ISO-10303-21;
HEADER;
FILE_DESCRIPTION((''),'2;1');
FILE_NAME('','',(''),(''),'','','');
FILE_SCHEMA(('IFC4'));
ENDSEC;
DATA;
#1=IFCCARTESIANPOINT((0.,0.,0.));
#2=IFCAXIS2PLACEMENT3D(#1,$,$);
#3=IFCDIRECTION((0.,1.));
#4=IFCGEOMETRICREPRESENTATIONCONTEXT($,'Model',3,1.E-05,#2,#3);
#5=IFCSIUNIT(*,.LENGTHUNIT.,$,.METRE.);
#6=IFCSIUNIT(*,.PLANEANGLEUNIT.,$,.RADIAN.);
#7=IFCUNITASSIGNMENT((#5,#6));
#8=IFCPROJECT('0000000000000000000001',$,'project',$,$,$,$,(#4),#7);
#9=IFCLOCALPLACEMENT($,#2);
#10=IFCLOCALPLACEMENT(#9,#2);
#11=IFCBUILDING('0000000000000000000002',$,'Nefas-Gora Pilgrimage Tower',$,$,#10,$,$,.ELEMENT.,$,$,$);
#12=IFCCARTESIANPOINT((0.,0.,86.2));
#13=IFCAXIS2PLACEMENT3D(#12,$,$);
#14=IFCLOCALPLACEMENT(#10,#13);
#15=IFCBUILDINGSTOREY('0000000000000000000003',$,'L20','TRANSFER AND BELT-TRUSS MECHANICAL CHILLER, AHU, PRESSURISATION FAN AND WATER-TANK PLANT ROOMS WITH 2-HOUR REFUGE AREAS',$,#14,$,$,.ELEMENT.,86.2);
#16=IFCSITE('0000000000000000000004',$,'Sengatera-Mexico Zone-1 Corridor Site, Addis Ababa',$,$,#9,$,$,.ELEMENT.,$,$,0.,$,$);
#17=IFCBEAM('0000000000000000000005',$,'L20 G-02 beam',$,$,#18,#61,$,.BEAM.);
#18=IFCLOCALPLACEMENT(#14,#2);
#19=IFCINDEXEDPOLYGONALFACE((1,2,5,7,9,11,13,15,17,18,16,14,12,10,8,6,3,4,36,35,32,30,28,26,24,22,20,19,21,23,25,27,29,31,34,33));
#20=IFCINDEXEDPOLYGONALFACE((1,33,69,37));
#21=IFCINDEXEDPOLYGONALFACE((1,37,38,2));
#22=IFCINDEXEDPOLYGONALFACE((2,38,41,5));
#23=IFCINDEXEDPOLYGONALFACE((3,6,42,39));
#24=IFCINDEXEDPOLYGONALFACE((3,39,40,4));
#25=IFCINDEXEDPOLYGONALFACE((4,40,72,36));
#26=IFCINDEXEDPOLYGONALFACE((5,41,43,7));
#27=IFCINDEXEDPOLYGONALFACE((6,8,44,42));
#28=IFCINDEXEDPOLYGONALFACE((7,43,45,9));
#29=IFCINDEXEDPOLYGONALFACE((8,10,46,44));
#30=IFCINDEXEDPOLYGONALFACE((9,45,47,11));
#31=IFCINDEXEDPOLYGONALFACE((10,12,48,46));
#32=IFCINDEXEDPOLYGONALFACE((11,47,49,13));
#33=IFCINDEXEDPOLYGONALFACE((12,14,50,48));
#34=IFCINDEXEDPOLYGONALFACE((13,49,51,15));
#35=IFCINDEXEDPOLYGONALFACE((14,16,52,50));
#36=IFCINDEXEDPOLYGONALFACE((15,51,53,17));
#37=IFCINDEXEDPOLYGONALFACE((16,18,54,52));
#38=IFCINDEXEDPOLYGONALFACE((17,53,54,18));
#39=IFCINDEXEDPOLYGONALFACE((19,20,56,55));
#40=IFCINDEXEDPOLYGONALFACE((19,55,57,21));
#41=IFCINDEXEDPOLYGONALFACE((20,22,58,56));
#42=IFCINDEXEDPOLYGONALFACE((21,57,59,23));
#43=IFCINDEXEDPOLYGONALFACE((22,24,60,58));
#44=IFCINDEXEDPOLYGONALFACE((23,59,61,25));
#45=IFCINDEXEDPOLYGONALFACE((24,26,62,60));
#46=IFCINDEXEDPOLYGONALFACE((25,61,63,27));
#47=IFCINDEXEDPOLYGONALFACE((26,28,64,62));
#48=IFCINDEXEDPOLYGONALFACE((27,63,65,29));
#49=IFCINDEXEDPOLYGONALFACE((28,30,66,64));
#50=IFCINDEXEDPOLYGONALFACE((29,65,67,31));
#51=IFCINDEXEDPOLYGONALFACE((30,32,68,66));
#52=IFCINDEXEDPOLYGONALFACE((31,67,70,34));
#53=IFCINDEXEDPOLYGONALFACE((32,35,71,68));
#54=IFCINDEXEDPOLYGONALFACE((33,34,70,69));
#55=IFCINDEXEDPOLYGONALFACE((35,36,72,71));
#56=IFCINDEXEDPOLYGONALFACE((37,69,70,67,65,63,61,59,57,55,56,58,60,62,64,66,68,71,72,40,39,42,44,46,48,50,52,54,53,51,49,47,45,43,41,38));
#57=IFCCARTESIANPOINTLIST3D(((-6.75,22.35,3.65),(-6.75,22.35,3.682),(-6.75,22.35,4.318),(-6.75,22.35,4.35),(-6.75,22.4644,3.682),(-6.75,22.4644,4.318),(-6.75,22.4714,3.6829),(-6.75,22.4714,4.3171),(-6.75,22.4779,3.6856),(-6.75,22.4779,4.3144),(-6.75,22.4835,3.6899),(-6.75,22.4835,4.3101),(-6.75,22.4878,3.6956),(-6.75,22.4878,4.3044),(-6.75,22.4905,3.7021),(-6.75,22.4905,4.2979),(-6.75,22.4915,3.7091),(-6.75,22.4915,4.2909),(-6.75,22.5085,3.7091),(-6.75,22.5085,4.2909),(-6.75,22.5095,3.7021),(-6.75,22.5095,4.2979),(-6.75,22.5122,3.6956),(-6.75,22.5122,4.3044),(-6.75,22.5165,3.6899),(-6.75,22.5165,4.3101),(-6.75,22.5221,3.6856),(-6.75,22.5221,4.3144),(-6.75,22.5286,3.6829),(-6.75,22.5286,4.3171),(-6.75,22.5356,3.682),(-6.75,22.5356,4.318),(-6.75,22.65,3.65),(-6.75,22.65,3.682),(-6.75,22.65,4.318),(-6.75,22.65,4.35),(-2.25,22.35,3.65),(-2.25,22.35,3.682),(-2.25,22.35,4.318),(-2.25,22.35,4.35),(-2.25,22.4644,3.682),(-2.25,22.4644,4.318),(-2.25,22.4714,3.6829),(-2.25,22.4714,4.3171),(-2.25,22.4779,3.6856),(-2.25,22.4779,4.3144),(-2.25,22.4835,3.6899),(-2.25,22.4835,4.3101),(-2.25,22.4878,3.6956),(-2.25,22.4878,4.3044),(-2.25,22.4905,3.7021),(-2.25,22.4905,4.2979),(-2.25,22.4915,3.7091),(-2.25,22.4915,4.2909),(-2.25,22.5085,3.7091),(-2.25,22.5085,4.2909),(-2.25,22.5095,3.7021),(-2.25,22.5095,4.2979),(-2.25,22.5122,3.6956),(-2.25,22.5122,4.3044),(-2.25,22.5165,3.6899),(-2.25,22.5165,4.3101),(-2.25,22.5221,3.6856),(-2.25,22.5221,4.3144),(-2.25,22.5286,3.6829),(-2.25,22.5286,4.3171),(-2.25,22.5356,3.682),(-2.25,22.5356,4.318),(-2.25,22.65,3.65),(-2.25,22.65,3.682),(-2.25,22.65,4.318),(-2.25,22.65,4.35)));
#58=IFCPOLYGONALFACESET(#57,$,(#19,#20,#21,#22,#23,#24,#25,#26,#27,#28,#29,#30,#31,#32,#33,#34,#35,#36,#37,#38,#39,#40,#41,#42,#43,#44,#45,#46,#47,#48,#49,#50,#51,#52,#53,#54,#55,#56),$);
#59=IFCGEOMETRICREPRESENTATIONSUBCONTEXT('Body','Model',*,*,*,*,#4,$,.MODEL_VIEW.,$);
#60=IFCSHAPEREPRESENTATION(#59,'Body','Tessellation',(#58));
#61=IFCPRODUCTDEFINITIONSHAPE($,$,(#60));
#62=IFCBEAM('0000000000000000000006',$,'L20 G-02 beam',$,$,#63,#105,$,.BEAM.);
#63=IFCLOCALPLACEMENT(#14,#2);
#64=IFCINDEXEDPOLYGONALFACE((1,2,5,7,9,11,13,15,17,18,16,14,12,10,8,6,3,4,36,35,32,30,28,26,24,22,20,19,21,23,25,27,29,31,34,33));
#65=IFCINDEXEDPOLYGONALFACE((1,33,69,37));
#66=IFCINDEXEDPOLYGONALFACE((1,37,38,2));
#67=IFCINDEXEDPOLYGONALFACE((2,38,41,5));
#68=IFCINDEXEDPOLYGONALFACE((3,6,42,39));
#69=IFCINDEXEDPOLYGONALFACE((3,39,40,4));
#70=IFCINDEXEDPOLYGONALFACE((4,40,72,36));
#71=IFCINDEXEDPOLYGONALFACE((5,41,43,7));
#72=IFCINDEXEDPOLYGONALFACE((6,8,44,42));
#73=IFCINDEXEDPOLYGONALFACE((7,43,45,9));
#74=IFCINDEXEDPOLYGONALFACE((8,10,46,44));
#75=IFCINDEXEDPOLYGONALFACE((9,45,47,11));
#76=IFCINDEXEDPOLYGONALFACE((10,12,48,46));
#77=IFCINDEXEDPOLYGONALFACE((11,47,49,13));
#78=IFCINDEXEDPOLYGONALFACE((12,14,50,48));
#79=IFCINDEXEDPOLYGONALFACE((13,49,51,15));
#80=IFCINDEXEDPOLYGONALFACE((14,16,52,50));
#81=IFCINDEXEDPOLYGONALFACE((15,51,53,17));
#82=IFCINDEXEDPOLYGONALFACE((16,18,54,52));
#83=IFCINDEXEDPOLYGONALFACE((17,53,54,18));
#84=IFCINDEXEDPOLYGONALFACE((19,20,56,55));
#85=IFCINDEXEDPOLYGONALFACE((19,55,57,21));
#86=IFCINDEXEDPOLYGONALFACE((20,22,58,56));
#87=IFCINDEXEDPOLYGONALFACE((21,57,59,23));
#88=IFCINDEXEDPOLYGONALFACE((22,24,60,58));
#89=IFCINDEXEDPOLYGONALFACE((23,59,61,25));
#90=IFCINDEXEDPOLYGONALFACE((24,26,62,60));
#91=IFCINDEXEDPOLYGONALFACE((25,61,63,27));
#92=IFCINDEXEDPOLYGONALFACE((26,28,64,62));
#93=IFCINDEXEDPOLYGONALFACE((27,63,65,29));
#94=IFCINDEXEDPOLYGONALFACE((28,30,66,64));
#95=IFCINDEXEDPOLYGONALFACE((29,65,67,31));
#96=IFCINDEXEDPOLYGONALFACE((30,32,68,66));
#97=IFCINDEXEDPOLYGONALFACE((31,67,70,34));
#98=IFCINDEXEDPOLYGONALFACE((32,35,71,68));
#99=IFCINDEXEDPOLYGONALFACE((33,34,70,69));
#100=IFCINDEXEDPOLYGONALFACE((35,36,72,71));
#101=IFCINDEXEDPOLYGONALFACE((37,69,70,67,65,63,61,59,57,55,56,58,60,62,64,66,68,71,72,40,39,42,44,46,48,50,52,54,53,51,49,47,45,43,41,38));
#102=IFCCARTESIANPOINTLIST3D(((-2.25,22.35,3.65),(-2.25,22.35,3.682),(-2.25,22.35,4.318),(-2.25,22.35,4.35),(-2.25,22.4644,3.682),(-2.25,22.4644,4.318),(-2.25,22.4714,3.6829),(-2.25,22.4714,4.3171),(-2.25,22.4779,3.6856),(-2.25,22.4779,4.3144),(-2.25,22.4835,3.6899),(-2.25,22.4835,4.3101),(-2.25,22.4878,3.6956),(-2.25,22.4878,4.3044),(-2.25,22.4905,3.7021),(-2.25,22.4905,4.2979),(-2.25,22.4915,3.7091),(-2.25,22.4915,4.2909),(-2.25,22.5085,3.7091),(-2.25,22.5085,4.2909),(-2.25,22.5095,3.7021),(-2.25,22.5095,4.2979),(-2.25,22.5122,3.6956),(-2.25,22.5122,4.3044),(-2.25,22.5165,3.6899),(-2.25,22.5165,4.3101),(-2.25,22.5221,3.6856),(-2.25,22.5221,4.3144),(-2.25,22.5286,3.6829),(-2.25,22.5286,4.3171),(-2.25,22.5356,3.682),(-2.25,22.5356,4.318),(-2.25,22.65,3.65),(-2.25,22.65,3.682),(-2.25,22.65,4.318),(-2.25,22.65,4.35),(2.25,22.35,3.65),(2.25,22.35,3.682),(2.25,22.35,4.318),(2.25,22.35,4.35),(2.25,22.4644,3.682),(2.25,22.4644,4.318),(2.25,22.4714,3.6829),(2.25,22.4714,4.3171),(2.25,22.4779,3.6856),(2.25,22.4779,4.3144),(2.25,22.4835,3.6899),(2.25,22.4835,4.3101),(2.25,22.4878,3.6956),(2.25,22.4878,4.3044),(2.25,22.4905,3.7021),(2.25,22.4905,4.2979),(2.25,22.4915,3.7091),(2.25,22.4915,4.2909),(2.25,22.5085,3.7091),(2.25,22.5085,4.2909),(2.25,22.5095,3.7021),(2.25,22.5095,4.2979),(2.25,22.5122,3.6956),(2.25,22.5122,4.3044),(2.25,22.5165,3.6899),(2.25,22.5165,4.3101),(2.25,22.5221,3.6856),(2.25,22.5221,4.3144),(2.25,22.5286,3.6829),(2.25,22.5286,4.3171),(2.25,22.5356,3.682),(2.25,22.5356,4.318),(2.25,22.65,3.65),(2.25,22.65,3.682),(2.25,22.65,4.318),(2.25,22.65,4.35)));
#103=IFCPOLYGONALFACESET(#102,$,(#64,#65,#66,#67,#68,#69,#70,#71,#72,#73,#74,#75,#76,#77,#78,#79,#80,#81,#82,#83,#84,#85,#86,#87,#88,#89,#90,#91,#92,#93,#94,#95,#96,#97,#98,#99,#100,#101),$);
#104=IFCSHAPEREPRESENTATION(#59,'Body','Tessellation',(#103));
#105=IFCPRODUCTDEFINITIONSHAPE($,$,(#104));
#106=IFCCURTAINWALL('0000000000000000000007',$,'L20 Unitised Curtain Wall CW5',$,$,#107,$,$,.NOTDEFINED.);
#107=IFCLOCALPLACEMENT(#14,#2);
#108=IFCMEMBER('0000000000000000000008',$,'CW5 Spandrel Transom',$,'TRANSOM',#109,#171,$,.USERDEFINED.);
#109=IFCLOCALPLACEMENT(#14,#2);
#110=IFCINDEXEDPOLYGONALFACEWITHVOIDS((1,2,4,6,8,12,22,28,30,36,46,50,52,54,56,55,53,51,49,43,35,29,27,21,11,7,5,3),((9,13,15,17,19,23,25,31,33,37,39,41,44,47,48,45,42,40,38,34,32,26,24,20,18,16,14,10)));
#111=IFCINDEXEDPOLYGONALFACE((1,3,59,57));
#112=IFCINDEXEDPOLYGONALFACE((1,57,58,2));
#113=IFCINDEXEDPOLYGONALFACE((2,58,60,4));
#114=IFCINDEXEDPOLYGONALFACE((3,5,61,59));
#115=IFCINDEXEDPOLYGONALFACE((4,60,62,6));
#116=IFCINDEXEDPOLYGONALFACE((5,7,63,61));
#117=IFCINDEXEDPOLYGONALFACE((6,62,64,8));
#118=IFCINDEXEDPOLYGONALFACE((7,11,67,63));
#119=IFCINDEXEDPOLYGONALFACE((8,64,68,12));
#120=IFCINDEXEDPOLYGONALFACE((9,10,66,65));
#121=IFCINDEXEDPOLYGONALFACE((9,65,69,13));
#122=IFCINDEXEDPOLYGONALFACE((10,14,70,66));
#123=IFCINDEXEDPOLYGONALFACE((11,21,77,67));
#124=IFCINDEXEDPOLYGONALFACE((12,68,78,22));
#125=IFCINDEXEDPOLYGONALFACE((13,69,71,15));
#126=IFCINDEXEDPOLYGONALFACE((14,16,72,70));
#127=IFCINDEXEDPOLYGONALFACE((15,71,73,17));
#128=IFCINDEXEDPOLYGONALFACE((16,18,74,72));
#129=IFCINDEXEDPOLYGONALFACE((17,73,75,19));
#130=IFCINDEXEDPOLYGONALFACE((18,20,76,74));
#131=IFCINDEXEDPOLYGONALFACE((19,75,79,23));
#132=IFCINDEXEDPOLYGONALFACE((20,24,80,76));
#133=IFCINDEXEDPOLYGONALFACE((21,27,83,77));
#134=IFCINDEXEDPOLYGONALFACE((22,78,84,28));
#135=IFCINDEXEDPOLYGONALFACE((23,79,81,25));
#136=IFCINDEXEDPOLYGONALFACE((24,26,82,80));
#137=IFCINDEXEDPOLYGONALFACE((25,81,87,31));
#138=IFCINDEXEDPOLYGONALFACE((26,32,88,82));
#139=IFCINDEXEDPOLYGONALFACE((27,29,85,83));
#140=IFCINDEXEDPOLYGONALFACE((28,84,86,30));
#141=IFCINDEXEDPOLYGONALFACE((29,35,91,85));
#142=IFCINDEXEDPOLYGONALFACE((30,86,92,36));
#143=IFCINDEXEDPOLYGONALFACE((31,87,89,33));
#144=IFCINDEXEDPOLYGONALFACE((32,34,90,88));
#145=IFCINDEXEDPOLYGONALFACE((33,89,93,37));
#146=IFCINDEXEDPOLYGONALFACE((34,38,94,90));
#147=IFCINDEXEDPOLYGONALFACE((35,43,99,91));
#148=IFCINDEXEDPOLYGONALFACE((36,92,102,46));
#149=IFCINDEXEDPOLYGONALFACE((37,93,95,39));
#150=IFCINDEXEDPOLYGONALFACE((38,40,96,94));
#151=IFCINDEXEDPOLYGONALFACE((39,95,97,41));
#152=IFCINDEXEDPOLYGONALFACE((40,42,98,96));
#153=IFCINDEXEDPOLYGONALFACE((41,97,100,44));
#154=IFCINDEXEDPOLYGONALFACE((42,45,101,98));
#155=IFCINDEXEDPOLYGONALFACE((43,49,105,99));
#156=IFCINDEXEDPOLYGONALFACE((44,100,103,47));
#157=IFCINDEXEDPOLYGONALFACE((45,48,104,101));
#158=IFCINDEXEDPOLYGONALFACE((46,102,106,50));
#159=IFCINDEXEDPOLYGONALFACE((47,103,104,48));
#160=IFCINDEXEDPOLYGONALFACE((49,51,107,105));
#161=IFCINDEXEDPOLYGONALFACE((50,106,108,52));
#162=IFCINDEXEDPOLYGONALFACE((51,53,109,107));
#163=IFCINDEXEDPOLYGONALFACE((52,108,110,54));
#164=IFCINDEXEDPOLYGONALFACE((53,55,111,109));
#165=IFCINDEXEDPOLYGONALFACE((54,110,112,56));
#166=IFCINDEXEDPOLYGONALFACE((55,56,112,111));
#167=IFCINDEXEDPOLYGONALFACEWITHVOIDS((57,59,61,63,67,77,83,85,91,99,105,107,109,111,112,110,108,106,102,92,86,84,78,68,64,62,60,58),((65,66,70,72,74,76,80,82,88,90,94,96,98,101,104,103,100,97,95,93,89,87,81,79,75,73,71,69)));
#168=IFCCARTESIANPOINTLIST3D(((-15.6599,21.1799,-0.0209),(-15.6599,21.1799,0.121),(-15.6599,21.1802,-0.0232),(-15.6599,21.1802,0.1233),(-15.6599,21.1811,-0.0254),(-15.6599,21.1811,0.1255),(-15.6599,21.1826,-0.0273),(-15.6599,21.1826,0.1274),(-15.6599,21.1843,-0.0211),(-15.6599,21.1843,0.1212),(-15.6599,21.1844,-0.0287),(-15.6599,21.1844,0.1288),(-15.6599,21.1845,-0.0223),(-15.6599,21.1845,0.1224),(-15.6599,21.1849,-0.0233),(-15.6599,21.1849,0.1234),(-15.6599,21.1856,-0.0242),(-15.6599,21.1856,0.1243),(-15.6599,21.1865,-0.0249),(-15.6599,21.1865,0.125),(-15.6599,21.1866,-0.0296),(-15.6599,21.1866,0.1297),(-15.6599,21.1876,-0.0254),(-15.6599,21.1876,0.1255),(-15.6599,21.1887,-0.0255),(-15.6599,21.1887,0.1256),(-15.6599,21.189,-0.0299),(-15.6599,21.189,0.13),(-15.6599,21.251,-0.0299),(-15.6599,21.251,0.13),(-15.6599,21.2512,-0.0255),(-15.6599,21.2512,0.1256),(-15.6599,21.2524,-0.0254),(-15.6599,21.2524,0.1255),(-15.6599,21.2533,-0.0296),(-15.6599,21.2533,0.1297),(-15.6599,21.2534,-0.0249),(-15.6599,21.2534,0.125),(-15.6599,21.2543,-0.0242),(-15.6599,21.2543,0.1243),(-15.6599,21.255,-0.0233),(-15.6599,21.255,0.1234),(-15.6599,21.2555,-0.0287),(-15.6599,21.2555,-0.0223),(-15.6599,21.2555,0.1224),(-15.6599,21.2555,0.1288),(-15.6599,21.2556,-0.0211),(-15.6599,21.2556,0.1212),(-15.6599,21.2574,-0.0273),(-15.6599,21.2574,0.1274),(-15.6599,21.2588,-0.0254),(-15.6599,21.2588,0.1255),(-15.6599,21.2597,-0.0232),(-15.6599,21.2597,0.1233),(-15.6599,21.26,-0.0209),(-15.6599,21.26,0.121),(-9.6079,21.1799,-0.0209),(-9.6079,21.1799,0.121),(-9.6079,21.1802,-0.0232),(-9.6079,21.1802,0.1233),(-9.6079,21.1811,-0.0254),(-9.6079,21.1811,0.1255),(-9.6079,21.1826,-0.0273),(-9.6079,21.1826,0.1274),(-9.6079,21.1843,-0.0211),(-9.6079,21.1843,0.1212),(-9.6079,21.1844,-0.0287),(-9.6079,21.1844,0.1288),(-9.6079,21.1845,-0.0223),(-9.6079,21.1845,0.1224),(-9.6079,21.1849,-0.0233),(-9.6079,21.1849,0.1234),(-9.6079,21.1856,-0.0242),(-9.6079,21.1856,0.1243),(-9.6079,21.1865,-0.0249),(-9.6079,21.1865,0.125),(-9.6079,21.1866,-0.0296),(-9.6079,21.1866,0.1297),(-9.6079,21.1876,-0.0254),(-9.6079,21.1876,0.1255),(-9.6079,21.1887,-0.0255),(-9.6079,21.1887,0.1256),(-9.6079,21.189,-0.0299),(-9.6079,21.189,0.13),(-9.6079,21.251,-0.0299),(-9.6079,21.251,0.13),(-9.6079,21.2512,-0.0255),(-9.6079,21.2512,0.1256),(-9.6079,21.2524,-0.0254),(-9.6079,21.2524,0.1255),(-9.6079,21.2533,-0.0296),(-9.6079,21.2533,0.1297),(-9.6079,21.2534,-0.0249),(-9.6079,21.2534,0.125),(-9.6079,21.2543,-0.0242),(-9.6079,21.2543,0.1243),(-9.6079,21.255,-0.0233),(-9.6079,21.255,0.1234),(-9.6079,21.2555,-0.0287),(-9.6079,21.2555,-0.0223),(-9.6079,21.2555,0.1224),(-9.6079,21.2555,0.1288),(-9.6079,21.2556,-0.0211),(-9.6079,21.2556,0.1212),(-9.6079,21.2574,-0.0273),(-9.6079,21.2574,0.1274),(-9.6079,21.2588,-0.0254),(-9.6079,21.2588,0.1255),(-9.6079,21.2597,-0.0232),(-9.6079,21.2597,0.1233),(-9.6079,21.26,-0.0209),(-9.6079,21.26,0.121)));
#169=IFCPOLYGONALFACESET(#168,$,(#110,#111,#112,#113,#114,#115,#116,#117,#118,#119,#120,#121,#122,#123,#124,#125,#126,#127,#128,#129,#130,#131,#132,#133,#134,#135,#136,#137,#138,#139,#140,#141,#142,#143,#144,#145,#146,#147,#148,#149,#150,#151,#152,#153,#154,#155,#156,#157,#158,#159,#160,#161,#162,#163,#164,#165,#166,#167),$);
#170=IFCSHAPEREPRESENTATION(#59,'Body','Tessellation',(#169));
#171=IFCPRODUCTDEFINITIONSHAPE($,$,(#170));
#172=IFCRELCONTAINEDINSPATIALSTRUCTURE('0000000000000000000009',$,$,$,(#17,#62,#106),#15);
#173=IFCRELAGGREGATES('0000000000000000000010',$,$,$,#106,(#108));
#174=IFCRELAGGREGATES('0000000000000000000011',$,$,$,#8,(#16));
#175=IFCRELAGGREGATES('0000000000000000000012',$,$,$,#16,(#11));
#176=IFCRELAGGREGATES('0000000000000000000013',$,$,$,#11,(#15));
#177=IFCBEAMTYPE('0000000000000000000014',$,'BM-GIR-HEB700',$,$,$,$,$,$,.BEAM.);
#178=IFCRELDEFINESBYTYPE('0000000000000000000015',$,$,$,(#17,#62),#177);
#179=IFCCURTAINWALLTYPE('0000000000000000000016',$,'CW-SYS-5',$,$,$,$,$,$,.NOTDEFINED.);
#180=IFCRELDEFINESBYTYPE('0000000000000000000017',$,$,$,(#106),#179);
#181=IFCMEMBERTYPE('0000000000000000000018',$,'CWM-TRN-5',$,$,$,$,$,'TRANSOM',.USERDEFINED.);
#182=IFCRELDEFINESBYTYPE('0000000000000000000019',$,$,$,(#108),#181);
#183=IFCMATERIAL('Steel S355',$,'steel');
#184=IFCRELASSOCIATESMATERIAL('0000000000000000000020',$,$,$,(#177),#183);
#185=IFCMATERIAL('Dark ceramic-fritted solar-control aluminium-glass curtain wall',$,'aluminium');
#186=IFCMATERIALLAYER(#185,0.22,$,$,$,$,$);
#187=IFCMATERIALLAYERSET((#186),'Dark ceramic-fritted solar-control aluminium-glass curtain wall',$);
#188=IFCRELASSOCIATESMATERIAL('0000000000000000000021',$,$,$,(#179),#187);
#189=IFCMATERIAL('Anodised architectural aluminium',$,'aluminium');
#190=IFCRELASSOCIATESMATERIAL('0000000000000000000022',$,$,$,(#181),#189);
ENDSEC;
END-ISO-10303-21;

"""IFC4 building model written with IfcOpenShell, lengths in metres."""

from ifc_helpers import new_model, si_unit, direction, frame, origin, origin_2d, place, context, subcontext, project, spatial, hollow_rectangle, i_section, extrude, source, transform, mapped, material, layer, layer_set, material_profile, profile_set, type_object, element, aggregate, save


model = new_model("IFC4")

# Units and contexts
model_context = context("Model", 3, precision=1e-05, world=origin(), true_north=direction((0.0, 1.0)))
body_context = subcontext(model_context, "Body", "Model", "MODEL_VIEW")
ifc_project = project(units=[si_unit("LENGTHUNIT", "METRE"), si_unit("PLANEANGLEUNIT", "RADIAN")], contexts=[model_context])

# Site, building, storey
site_placement = place(None, origin())
site = spatial("IfcSite", under=ifc_project, at=site_placement, Name="Sengatera-Mexico Zone-1 Corridor Site, Addis Ababa", CompositionType="ELEMENT", RefElevation=0.0)
building_placement = place(site_placement, origin())
building = spatial("IfcBuilding", under=site, at=building_placement, Name="Nefas-Gora Pilgrimage Tower", CompositionType="ELEMENT")
storey_placement = place(building_placement, frame((0.0, 0.0, 86.2)))
storey = spatial("IfcBuildingStorey", under=building, at=storey_placement, Name="L20", Description="TRANSFER AND BELT-TRUSS MECHANICAL CHILLER, AHU, PRESSURISATION FAN AND WATER-TANK PLANT ROOMS WITH 2-HOUR REFUGE AREAS", CompositionType="ELEMENT", Elevation=86.2)

# Beams
ifc_material_1 = material(Name="Steel S355", Category="steel")
ifc_material_profile_1 = material_profile(ifc_material_1, i_section(OverallWidth=0.3, OverallDepth=0.7, WebThickness=0.0171, FlangeThickness=0.032, FilletRadius=0.0271, at=origin_2d()), Name="HEB 700")
ifc_profile_set_1 = profile_set([ifc_material_profile_1], Name="Steel S355")
beam_type = type_object("IfcBeamType", Name="BM-GIR-HEB700", PredefinedType="BEAM", material=ifc_profile_set_1)
shared_shape_1 = source(origin(), body_context, "Body", "SweptSolid", [
    extrude(i_section(OverallWidth=0.3, OverallDepth=0.7, WebThickness=0.0171, FlangeThickness=0.032, FilletRadius=0.0271, at=origin_2d()), origin(), (0.0, 0.0, 1.0), 4.5),
])
for number, where, z_axis, x_axis, name in (
    (1, (-6.75, 22.5, 4.0), (1.0, 0.0, 0.0), (0.0, 1.0, 0.0), "L20 G-02 beam"),
    (2, (-2.25, 22.5, 4.0), (1.0, 0.0, 0.0), (0.0, 1.0, 0.0), "L20 G-02 beam"),
):
    element("IfcBeam", number, at=place(storey_placement, frame(where, z_axis=z_axis, x_axis=x_axis)), inside=storey, type_object=beam_type, Name=name, PredefinedType="BEAM", context=body_context, shape_type="MappedRepresentation", body=[
        mapped(shared_shape_1, transform((0.0, 0.0, 0.0), x_axis=(1.0, 0.0, 0.0), y_axis=(0.0, 1.0, 0.0), z_axis=(0.0, 0.0, 1.0), scale=1.0)),
    ])

# Curtain wall, member
ifc_material_2 = material(Name="Dark ceramic-fritted solar-control aluminium-glass curtain wall", Category="aluminium")
ifc_layer_1 = layer(ifc_material_2, 0.22)
ifc_layer_set_1 = layer_set([ifc_layer_1], Name="Dark ceramic-fritted solar-control aluminium-glass curtain wall")
curtain_wall_type = type_object("IfcCurtainWallType", Name="CW-SYS-5", PredefinedType="NOTDEFINED", material=ifc_layer_set_1)
curtain_wall_1_placement = place(storey_placement, origin())
curtain_wall_1 = element("IfcCurtainWall", 3, at=curtain_wall_1_placement, inside=storey, type_object=curtain_wall_type, Name="L20 Unitised Curtain Wall CW5", PredefinedType="NOTDEFINED")
ifc_material_3 = material(Name="Anodised architectural aluminium", Category="aluminium")
ifc_material_profile_2 = material_profile(ifc_material_3, hollow_rectangle(XDim=0.0801, YDim=0.1599, WallThickness=0.0044, InnerFilletRadius=0.0044, OuterFilletRadius=0.009, at=origin_2d()), Name="ALU TRANSOM 80x160")
ifc_profile_set_2 = profile_set([ifc_material_profile_2], Name="Anodised architectural aluminium")
member_type_1 = type_object("IfcMemberType", Name="CWM-TRN-5", ElementType="TRANSOM", PredefinedType="USERDEFINED", material=ifc_profile_set_2)
shared_shape_2 = source(origin(), body_context, "Body", "SweptSolid", [
    extrude(hollow_rectangle(XDim=0.0801, YDim=0.1599, WallThickness=0.0044, InnerFilletRadius=0.0044, OuterFilletRadius=0.009, at=origin_2d()), origin(), (0.0, 0.0, 1.0), 6.052),
])
member_1_placement = place(storey_placement, frame((-9.6079, 21.22, 0.05), z_axis=(-1.0, 0.0, 0.0), x_axis=(0.0, -1.0, 0.0)))
member_1 = element("IfcMember", 4, at=member_1_placement, type_object=member_type_1, Name="CW5 Spandrel Transom", ObjectType="TRANSOM", PredefinedType="USERDEFINED", context=body_context, shape_type="MappedRepresentation", body=[
    mapped(shared_shape_2, transform((0.0, 0.0, 0.0), x_axis=(1.0, 0.0, 0.0), y_axis=(0.0, 1.0, 0.0), z_axis=(0.0, 0.0, 1.0), scale=1.0)),
])

aggregate(curtain_wall_1, [member_1])

save(model, "model.ifc")
